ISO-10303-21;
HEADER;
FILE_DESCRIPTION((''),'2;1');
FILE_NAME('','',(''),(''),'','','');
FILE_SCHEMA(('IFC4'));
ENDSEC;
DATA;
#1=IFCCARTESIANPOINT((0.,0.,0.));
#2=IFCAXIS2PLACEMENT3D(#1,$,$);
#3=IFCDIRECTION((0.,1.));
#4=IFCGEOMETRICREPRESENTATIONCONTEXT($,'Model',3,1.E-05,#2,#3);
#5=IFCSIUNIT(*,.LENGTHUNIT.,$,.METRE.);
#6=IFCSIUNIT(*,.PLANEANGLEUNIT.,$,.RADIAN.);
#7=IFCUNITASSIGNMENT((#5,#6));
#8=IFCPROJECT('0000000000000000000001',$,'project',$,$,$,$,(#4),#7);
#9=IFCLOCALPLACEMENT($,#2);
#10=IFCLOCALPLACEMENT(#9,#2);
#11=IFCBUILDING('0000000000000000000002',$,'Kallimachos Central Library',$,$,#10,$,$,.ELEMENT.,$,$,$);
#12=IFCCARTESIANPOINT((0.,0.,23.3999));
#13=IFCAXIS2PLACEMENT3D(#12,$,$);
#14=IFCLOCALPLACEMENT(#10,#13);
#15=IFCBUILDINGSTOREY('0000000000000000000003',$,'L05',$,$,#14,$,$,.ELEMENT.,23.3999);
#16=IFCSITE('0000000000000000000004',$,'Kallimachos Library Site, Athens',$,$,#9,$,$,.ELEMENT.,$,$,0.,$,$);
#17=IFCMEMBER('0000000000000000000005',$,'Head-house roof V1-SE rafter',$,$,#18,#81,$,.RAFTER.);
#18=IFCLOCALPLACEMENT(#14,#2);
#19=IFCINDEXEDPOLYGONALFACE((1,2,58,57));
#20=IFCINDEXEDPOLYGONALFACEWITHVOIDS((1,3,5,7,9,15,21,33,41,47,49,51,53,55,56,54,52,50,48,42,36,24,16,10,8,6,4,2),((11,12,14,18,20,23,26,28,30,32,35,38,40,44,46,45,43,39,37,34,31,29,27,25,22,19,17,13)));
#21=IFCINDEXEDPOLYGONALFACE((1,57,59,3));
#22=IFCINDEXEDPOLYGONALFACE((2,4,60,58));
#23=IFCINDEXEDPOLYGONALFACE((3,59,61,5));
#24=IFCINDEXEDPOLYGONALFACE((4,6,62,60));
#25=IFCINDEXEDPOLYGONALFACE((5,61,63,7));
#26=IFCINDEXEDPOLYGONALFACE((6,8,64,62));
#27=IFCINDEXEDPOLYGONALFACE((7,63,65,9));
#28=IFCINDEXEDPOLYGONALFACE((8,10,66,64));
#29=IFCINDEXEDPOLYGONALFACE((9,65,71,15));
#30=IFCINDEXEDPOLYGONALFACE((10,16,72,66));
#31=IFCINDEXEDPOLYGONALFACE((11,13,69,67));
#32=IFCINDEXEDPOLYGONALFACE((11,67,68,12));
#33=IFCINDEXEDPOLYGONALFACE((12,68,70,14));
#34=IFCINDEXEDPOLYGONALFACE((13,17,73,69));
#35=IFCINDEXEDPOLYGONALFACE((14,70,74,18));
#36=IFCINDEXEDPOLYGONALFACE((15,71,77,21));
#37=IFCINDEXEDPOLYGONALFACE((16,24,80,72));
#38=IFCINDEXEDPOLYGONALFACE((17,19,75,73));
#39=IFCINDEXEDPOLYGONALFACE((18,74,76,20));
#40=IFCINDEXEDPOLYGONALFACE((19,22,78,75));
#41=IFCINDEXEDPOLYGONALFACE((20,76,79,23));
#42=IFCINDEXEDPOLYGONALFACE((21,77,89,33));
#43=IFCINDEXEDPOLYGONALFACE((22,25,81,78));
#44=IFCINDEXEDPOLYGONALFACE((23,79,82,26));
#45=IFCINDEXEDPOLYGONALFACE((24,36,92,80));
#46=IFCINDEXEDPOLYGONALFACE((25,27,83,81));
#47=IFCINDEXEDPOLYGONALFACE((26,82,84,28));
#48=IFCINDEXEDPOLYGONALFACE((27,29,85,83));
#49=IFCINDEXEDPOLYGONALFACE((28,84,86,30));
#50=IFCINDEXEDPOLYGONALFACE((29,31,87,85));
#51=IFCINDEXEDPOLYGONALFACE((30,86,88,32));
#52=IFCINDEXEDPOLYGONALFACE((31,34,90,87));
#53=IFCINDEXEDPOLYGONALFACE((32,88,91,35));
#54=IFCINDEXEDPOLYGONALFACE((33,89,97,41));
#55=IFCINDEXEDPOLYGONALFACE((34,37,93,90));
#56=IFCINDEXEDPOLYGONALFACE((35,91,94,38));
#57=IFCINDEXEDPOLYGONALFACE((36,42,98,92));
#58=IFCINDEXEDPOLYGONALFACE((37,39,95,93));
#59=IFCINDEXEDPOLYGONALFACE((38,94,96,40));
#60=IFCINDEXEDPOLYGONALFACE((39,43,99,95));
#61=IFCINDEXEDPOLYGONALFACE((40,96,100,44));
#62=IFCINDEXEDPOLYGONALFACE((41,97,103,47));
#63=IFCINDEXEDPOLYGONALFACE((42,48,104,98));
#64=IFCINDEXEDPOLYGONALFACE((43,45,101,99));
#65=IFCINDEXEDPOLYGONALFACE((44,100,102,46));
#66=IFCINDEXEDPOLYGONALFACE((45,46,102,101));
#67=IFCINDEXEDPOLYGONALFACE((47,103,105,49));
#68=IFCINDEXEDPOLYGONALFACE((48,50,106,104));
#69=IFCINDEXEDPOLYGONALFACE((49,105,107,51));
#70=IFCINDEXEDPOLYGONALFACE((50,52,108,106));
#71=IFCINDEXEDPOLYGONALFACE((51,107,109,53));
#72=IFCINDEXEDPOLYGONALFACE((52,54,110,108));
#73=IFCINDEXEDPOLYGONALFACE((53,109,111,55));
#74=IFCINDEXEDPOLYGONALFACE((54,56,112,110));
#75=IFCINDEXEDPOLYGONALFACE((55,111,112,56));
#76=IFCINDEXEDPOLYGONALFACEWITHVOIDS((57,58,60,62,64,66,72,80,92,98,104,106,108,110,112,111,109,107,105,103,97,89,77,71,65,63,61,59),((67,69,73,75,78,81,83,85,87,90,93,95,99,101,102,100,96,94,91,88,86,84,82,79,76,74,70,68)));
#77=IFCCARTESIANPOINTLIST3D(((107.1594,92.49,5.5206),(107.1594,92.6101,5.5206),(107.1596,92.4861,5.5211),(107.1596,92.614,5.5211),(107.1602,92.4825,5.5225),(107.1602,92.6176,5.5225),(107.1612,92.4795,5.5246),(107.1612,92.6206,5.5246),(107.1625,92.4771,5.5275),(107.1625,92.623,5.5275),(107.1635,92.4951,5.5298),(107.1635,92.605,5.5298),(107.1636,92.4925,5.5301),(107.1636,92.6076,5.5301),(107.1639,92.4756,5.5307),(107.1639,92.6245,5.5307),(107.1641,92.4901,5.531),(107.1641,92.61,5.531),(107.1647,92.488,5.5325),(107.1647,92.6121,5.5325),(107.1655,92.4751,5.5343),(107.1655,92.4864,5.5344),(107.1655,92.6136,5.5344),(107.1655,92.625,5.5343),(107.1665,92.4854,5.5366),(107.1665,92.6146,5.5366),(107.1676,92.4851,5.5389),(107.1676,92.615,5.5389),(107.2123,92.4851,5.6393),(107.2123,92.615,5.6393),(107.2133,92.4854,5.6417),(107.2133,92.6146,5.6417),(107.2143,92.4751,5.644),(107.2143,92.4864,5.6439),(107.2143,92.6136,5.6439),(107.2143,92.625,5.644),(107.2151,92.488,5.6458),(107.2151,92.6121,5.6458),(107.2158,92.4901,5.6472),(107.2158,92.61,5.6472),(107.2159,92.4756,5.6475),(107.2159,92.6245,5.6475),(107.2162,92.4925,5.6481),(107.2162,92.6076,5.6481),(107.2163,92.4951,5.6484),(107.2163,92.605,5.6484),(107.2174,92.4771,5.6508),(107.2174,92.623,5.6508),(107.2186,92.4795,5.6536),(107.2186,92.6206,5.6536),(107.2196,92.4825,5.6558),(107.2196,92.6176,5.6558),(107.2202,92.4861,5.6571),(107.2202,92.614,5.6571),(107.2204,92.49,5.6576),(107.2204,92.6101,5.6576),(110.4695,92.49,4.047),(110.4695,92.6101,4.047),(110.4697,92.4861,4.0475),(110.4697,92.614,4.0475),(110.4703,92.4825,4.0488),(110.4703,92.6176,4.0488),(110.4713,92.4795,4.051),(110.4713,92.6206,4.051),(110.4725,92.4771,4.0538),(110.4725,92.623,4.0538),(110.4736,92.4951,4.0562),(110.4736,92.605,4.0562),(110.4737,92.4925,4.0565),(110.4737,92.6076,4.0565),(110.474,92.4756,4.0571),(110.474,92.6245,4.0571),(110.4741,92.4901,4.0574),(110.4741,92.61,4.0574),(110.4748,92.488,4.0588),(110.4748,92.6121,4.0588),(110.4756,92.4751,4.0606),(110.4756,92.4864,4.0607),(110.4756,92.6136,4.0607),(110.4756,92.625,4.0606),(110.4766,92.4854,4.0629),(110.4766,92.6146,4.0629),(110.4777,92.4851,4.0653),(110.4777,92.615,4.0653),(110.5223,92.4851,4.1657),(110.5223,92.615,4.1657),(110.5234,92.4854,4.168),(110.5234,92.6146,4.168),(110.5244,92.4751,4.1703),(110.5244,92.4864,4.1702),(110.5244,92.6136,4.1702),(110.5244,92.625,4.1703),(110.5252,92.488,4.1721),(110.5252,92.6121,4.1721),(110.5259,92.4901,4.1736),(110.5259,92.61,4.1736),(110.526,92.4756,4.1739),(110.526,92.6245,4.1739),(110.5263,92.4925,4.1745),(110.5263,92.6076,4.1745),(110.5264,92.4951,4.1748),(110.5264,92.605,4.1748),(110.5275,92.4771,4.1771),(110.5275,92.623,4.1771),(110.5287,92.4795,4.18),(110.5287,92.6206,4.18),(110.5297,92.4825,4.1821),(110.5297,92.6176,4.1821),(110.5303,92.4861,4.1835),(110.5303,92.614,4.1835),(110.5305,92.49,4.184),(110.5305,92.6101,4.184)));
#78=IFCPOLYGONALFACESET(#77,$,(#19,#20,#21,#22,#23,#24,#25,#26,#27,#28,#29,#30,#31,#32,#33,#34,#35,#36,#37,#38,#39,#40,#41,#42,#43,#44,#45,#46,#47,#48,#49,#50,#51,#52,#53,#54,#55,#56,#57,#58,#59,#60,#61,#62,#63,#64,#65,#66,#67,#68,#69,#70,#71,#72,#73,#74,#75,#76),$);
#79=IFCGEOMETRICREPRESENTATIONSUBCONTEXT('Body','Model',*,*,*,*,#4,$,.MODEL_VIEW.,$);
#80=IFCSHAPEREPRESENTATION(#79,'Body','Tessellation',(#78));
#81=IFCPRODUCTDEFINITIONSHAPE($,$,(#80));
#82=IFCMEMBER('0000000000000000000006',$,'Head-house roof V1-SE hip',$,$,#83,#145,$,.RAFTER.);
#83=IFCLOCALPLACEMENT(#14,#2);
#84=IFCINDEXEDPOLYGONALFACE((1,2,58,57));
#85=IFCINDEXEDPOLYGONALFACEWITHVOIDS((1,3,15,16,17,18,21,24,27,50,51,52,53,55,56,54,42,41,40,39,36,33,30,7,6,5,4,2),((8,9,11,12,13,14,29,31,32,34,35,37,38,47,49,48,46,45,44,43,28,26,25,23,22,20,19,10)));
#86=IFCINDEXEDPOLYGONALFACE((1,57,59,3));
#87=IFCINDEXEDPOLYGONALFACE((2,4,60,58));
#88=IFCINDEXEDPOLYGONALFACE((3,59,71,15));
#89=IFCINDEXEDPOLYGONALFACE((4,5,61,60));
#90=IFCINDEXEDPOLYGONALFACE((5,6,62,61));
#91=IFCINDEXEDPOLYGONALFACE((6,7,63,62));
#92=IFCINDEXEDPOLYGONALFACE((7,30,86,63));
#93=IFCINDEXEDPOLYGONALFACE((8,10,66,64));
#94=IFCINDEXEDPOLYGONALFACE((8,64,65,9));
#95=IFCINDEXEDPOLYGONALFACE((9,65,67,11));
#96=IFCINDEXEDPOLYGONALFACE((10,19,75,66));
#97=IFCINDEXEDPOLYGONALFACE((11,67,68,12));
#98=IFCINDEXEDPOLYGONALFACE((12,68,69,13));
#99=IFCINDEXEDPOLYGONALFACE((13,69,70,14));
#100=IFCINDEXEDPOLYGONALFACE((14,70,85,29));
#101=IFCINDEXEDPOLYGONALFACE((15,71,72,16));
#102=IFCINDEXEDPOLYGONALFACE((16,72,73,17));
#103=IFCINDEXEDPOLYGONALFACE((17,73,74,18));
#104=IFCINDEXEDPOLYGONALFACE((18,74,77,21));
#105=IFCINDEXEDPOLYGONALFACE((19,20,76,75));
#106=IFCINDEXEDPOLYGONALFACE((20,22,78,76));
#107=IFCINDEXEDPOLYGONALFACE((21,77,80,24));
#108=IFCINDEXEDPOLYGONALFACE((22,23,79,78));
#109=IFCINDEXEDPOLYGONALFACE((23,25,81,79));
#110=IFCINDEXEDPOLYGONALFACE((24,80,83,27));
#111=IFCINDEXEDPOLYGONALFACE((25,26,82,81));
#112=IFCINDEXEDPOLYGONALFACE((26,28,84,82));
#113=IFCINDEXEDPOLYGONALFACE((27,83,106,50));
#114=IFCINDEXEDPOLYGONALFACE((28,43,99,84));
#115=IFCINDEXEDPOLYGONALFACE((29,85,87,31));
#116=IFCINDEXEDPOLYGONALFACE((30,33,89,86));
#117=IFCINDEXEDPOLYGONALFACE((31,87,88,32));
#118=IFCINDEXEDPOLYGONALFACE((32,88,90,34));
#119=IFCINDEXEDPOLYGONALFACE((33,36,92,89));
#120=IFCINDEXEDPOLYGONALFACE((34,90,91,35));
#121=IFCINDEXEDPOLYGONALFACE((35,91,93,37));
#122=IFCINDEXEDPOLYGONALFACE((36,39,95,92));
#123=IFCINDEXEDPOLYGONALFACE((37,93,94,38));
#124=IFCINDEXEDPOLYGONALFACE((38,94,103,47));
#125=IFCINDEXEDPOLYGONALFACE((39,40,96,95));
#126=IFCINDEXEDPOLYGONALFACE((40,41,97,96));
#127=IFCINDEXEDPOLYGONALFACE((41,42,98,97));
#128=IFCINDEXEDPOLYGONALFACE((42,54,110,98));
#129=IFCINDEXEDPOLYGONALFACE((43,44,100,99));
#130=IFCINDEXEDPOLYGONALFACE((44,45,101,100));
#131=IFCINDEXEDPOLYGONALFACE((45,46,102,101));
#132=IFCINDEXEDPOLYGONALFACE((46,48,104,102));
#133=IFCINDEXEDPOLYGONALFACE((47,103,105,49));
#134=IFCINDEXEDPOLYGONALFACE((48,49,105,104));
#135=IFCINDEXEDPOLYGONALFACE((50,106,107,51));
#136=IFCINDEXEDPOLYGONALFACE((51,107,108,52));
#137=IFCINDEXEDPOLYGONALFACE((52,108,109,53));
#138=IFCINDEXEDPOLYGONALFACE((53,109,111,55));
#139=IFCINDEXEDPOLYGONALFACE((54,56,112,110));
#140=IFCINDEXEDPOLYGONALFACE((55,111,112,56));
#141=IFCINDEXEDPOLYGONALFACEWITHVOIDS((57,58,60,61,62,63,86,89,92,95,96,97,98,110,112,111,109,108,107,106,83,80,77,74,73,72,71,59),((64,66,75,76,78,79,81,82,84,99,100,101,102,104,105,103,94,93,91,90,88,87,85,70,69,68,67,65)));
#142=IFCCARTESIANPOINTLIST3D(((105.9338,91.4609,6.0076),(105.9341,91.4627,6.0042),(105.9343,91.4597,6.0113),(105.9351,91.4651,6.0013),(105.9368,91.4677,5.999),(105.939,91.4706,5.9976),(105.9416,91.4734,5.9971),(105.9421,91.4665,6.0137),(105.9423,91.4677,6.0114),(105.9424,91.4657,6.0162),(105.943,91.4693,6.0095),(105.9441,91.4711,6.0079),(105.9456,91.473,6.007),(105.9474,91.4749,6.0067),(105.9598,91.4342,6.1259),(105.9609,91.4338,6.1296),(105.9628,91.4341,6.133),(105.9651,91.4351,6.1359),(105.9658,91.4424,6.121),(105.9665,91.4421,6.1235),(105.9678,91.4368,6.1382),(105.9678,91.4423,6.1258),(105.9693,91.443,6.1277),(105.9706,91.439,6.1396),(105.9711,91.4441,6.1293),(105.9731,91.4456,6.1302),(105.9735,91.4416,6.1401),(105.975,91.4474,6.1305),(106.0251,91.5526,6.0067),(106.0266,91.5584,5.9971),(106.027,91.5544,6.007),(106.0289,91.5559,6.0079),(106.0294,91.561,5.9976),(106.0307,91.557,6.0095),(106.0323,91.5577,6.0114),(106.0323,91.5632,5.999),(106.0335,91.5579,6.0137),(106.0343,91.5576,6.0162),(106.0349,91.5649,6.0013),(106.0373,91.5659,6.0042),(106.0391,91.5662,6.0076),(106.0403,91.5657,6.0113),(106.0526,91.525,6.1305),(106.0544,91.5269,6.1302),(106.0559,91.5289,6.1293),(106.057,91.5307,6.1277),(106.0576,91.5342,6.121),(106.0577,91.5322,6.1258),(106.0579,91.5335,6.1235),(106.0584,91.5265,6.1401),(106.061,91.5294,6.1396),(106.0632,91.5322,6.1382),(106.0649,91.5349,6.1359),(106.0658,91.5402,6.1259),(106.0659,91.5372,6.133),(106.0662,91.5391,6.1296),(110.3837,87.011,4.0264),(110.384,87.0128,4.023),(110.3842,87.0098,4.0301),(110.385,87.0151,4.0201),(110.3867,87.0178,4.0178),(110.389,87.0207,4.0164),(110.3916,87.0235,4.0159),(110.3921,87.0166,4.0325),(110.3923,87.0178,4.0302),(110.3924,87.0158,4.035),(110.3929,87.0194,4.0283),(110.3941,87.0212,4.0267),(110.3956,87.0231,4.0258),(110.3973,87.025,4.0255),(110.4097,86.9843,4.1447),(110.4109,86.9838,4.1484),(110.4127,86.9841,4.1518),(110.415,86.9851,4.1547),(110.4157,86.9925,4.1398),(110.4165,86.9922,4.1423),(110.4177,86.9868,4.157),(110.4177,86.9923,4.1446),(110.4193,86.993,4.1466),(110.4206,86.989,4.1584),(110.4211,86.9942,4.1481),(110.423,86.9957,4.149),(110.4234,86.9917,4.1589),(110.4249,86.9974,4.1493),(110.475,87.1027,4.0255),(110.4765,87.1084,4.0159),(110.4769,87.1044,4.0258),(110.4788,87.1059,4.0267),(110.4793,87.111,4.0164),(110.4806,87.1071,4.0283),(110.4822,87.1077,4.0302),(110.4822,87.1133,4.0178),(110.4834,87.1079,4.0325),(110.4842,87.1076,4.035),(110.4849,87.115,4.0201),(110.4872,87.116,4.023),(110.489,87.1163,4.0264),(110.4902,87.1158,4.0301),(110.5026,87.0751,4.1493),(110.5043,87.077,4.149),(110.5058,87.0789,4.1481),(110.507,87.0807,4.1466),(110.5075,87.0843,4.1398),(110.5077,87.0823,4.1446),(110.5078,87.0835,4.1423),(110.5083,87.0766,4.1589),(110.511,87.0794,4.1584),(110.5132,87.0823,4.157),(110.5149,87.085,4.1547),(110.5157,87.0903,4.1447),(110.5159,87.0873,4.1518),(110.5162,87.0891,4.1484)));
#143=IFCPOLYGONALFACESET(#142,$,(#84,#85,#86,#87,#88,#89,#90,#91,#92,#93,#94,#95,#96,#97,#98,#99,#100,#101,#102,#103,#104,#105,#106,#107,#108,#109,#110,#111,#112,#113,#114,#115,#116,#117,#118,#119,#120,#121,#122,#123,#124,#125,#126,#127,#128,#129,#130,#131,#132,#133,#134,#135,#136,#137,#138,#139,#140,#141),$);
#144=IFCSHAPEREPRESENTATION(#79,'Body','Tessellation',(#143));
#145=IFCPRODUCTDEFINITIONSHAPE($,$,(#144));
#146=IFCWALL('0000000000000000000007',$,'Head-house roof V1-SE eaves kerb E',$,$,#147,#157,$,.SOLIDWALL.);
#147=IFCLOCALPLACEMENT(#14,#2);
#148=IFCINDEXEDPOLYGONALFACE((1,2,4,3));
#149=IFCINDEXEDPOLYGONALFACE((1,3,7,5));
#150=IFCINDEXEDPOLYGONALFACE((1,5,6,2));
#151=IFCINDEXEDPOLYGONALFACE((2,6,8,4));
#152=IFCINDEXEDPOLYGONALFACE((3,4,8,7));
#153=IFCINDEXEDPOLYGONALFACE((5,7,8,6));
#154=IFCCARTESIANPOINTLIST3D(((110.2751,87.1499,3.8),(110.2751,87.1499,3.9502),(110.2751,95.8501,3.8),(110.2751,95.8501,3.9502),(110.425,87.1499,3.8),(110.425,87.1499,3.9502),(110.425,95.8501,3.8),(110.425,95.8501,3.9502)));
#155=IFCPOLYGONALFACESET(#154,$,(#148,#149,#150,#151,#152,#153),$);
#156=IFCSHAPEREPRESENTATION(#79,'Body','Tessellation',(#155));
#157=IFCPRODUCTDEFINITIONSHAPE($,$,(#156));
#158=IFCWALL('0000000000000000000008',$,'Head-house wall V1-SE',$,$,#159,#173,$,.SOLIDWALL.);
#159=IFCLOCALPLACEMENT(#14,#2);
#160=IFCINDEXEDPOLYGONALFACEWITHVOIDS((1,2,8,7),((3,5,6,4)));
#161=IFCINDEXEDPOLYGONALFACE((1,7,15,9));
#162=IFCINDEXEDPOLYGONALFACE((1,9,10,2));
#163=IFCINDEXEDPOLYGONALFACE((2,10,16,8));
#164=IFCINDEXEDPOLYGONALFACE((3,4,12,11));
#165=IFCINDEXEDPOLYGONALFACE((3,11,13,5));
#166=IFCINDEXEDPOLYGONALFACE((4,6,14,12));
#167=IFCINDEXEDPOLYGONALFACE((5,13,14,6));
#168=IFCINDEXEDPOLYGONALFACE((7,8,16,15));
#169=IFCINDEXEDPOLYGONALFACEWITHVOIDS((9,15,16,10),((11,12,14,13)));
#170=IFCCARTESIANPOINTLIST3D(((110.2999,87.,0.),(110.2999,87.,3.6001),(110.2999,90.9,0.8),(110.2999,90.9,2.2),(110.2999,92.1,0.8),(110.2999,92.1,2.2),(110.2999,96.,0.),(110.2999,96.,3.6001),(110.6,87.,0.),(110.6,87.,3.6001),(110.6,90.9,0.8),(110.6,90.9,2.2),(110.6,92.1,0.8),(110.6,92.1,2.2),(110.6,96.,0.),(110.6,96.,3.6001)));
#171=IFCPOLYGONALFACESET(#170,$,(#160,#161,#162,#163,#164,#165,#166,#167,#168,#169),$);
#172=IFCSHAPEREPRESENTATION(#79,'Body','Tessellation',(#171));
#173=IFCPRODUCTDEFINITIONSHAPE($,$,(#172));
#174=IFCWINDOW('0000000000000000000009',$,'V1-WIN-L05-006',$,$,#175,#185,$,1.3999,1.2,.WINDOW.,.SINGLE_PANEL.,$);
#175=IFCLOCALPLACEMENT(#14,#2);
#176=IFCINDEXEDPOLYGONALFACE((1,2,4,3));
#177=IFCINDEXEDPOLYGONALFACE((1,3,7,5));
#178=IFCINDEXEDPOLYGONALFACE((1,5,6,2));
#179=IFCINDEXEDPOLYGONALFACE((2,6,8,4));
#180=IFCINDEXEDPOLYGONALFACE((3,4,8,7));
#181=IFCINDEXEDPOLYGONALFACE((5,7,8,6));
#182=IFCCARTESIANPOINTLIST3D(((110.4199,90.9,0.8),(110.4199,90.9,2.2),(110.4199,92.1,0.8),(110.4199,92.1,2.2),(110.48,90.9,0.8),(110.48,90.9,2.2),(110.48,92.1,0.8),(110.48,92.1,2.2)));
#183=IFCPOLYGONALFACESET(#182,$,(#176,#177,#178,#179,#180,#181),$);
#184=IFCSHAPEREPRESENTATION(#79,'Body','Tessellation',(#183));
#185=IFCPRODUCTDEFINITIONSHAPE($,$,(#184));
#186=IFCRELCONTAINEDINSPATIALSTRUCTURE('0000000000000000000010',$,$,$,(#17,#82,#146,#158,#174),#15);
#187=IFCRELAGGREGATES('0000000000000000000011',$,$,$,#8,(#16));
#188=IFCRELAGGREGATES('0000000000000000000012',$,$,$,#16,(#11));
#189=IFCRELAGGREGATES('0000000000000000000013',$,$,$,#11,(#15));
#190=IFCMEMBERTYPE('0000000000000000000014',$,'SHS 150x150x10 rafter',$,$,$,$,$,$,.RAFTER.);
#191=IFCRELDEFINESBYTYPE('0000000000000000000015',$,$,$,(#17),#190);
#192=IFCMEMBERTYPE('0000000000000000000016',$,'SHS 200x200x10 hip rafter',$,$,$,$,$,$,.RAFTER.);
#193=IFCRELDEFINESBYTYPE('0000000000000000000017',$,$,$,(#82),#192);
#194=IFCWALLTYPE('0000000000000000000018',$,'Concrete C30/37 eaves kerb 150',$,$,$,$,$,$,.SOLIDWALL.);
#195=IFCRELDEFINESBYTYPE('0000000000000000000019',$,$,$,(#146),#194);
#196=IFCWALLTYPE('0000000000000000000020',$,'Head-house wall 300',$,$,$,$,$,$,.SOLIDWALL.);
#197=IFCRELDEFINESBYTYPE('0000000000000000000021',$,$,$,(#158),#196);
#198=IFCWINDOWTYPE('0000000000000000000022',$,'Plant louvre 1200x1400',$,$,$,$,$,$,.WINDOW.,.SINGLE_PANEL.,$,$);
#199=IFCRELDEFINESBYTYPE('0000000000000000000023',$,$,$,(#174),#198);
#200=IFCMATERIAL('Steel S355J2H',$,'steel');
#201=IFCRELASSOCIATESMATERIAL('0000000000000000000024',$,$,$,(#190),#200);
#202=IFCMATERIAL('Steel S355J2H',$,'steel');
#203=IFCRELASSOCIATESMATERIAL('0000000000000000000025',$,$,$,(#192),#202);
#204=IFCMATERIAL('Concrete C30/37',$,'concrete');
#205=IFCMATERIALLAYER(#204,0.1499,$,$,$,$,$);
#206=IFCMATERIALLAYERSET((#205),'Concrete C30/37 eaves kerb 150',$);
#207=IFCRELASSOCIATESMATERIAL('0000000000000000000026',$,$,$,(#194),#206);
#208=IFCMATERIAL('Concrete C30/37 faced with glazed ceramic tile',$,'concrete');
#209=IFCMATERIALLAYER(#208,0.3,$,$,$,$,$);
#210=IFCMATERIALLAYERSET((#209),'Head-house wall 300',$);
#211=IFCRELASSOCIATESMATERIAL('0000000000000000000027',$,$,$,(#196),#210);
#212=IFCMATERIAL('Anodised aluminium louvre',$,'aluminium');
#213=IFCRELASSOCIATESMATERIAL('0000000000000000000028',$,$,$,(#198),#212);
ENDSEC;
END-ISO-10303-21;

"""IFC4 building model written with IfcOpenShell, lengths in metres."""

from ifc_helpers import new_model, si_unit, direction, frame, frame_2d, origin, origin_2d, place, context, subcontext, project, spatial, rectangle, hollow_rectangle, extrude, material, layer, layer_set, material_profile, profile_set, type_object, element, fill, save


model = new_model("IFC4")

# Units and contexts
model_context = context("Model", 3, precision=1e-05, world=origin(), true_north=direction((0.0, 1.0)))
body_context = subcontext(model_context, "Body", "Model", "MODEL_VIEW")
ifc_project = project(units=[si_unit("LENGTHUNIT", "METRE"), si_unit("PLANEANGLEUNIT", "RADIAN")], contexts=[model_context])

# Site, building, storey
site_placement = place(None, origin())
site = spatial("IfcSite", under=ifc_project, at=site_placement, Name="Kallimachos Library Site, Athens", CompositionType="ELEMENT", RefElevation=0.0)
building_placement = place(site_placement, origin())
building = spatial("IfcBuilding", under=site, at=building_placement, Name="Kallimachos Central Library", CompositionType="ELEMENT")
storey_placement = place(building_placement, frame((0.0, 0.0, 23.3999)))
storey = spatial("IfcBuildingStorey", under=building, at=storey_placement, Name="L05", CompositionType="ELEMENT", Elevation=23.3999)

# Members
ifc_material_1 = material(Name="Steel S355J2H", Category="steel")
ifc_material_profile_1 = material_profile(ifc_material_1, hollow_rectangle(XDim=0.1499, YDim=0.1499, WallThickness=0.01, InnerFilletRadius=0.01, OuterFilletRadius=0.0149, at=origin_2d()), Name="SHS 150x150x10")
ifc_profile_set_1 = profile_set([ifc_material_profile_1], Name="Steel S355J2H")
member_type_1 = type_object("IfcMemberType", Name="SHS 150x150x10 rafter", PredefinedType="RAFTER", material=ifc_profile_set_1)
member_1_placement = place(storey_placement, frame((110.5, 92.55, 4.1155), z_axis=(-0.913556, 0.0, 0.406714), x_axis=(0.0, -1.0, 0.0)))
element("IfcMember", 1, at=member_1_placement, inside=storey, type_object=member_type_1, Name="Head-house roof V1-SE rafter", PredefinedType="RAFTER", context=body_context, shape_type="SweptSolid", body=[
    extrude(hollow_rectangle(XDim=0.1499, YDim=0.1499, WallThickness=0.01, InnerFilletRadius=0.01, OuterFilletRadius=0.0149, at=origin_2d()), origin(), (0.0, 0.0, 1.0), 3.6233),
])
ifc_material_2 = material(Name="Steel S355J2H", Category="steel")
ifc_material_profile_2 = material_profile(ifc_material_2, hollow_rectangle(XDim=0.1499, YDim=0.1499, WallThickness=0.01, InnerFilletRadius=0.01, OuterFilletRadius=0.0149, at=origin_2d()), Name="SHS 150x150x10")
ifc_profile_set_2 = profile_set([ifc_material_profile_2], Name="Steel S355J2H")
member_type_2 = type_object("IfcMemberType", Name="SHS 200x200x10 hip rafter", PredefinedType="RAFTER", material=ifc_profile_set_2)
member_2_placement = place(storey_placement, frame((110.45, 87.05, 4.0874), z_axis=(-0.674473, 0.674473, 0.300288), x_axis=(-0.707107, -0.707107, 0.0)))
element("IfcMember", 2, at=member_2_placement, inside=storey, type_object=member_type_2, Name="Head-house roof V1-SE hip", PredefinedType="RAFTER", context=body_context, shape_type="SweptSolid", body=[
    extrude(hollow_rectangle(XDim=0.1499, YDim=0.1499, WallThickness=0.01, InnerFilletRadius=0.01, OuterFilletRadius=0.0149, at=origin_2d()), origin(), (0.0, 0.0, 1.0), 6.5977),
])

# Wall
ifc_material_3 = material(Name="Concrete C30/37", Category="concrete")
ifc_layer_1 = layer(ifc_material_3, 0.1499)
ifc_layer_set_1 = layer_set([ifc_layer_1], Name="Concrete C30/37 eaves kerb 150")
wall_type_1 = type_object("IfcWallType", Name="Concrete C30/37 eaves kerb 150", PredefinedType="SOLIDWALL", material=ifc_layer_set_1)
wall_1_placement = place(storey_placement, frame((110.3501, 87.1499, 3.8), z_axis=(0.0, 0.0, 1.0), x_axis=(0.0, 1.0, 0.0)))
element("IfcWall", 3, at=wall_1_placement, inside=storey, type_object=wall_type_1, Name="Head-house roof V1-SE eaves kerb E", PredefinedType="SOLIDWALL", context=body_context, shape_type="SweptSolid", body=[
    extrude(rectangle(XDim=8.7002, YDim=0.1499, at=frame_2d((4.3501, 0.0))), origin(), (0.0, 0.0, 1.0), 0.1501),
])

# Wall, opening, window
ifc_material_4 = material(Name="Concrete C30/37 faced with glazed ceramic tile", Category="concrete")
ifc_layer_2 = layer(ifc_material_4, 0.3)
ifc_layer_set_2 = layer_set([ifc_layer_2], Name="Head-house wall 300")
wall_type_2 = type_object("IfcWallType", Name="Head-house wall 300", PredefinedType="SOLIDWALL", material=ifc_layer_set_2)
wall_2_placement = place(storey_placement, frame((110.45, 87.0, 0.0), z_axis=(0.0, 0.0, 1.0), x_axis=(0.0, 1.0, 0.0)))
wall_2 = element("IfcWall", 4, at=wall_2_placement, inside=storey, type_object=wall_type_2, Name="Head-house wall V1-SE", PredefinedType="SOLIDWALL", context=body_context, shape_type="SweptSolid", body=[
    extrude(rectangle(XDim=9.0, YDim=0.3, at=frame_2d((4.5, 0.0))), origin(), (0.0, 0.0, 1.0), 3.6001),
])
opening_1_placement = place(wall_2_placement, frame((3.8999, 0.0, 0.8)))
opening_1 = element("IfcOpeningElement", 5, at=opening_1_placement, cuts=wall_2, PredefinedType="OPENING", context=body_context, shape_type="SweptSolid", body=[
    extrude(rectangle(XDim=1.2, YDim=1.3999, at=frame_2d((0.6001, 0.7))), frame((0.0, 0.1599, 0.0), z_axis=(0.0, -1.0, 0.0), x_axis=(1.0, 0.0, 0.0)), (0.0, 0.0, 1.0), 0.3201),
])
ifc_material_5 = material(Name="Anodised aluminium louvre", Category="aluminium")
window_type = type_object("IfcWindowType", Name="Plant louvre 1200x1400", PartitioningType="SINGLE_PANEL", PredefinedType="WINDOW", material=ifc_material_5)
window_1_placement = place(opening_1_placement, origin())
window_1 = element("IfcWindow", 6, at=window_1_placement, inside=storey, type_object=window_type, Name="V1-WIN-L05-006", OverallHeight=1.3999, OverallWidth=1.2, PartitioningType="SINGLE_PANEL", PredefinedType="WINDOW", context=body_context, shape_type="SweptSolid", body=[
    extrude(rectangle(XDim=1.2, YDim=1.3999, at=frame_2d((0.6001, 0.7))), frame((0.0, 0.03, 0.0), z_axis=(0.0, -1.0, 0.0), x_axis=(1.0, 0.0, 0.0)), (0.0, 0.0, 1.0), 0.0601),
])
fill(opening_1, window_1)

save(model, "model.ifc")
